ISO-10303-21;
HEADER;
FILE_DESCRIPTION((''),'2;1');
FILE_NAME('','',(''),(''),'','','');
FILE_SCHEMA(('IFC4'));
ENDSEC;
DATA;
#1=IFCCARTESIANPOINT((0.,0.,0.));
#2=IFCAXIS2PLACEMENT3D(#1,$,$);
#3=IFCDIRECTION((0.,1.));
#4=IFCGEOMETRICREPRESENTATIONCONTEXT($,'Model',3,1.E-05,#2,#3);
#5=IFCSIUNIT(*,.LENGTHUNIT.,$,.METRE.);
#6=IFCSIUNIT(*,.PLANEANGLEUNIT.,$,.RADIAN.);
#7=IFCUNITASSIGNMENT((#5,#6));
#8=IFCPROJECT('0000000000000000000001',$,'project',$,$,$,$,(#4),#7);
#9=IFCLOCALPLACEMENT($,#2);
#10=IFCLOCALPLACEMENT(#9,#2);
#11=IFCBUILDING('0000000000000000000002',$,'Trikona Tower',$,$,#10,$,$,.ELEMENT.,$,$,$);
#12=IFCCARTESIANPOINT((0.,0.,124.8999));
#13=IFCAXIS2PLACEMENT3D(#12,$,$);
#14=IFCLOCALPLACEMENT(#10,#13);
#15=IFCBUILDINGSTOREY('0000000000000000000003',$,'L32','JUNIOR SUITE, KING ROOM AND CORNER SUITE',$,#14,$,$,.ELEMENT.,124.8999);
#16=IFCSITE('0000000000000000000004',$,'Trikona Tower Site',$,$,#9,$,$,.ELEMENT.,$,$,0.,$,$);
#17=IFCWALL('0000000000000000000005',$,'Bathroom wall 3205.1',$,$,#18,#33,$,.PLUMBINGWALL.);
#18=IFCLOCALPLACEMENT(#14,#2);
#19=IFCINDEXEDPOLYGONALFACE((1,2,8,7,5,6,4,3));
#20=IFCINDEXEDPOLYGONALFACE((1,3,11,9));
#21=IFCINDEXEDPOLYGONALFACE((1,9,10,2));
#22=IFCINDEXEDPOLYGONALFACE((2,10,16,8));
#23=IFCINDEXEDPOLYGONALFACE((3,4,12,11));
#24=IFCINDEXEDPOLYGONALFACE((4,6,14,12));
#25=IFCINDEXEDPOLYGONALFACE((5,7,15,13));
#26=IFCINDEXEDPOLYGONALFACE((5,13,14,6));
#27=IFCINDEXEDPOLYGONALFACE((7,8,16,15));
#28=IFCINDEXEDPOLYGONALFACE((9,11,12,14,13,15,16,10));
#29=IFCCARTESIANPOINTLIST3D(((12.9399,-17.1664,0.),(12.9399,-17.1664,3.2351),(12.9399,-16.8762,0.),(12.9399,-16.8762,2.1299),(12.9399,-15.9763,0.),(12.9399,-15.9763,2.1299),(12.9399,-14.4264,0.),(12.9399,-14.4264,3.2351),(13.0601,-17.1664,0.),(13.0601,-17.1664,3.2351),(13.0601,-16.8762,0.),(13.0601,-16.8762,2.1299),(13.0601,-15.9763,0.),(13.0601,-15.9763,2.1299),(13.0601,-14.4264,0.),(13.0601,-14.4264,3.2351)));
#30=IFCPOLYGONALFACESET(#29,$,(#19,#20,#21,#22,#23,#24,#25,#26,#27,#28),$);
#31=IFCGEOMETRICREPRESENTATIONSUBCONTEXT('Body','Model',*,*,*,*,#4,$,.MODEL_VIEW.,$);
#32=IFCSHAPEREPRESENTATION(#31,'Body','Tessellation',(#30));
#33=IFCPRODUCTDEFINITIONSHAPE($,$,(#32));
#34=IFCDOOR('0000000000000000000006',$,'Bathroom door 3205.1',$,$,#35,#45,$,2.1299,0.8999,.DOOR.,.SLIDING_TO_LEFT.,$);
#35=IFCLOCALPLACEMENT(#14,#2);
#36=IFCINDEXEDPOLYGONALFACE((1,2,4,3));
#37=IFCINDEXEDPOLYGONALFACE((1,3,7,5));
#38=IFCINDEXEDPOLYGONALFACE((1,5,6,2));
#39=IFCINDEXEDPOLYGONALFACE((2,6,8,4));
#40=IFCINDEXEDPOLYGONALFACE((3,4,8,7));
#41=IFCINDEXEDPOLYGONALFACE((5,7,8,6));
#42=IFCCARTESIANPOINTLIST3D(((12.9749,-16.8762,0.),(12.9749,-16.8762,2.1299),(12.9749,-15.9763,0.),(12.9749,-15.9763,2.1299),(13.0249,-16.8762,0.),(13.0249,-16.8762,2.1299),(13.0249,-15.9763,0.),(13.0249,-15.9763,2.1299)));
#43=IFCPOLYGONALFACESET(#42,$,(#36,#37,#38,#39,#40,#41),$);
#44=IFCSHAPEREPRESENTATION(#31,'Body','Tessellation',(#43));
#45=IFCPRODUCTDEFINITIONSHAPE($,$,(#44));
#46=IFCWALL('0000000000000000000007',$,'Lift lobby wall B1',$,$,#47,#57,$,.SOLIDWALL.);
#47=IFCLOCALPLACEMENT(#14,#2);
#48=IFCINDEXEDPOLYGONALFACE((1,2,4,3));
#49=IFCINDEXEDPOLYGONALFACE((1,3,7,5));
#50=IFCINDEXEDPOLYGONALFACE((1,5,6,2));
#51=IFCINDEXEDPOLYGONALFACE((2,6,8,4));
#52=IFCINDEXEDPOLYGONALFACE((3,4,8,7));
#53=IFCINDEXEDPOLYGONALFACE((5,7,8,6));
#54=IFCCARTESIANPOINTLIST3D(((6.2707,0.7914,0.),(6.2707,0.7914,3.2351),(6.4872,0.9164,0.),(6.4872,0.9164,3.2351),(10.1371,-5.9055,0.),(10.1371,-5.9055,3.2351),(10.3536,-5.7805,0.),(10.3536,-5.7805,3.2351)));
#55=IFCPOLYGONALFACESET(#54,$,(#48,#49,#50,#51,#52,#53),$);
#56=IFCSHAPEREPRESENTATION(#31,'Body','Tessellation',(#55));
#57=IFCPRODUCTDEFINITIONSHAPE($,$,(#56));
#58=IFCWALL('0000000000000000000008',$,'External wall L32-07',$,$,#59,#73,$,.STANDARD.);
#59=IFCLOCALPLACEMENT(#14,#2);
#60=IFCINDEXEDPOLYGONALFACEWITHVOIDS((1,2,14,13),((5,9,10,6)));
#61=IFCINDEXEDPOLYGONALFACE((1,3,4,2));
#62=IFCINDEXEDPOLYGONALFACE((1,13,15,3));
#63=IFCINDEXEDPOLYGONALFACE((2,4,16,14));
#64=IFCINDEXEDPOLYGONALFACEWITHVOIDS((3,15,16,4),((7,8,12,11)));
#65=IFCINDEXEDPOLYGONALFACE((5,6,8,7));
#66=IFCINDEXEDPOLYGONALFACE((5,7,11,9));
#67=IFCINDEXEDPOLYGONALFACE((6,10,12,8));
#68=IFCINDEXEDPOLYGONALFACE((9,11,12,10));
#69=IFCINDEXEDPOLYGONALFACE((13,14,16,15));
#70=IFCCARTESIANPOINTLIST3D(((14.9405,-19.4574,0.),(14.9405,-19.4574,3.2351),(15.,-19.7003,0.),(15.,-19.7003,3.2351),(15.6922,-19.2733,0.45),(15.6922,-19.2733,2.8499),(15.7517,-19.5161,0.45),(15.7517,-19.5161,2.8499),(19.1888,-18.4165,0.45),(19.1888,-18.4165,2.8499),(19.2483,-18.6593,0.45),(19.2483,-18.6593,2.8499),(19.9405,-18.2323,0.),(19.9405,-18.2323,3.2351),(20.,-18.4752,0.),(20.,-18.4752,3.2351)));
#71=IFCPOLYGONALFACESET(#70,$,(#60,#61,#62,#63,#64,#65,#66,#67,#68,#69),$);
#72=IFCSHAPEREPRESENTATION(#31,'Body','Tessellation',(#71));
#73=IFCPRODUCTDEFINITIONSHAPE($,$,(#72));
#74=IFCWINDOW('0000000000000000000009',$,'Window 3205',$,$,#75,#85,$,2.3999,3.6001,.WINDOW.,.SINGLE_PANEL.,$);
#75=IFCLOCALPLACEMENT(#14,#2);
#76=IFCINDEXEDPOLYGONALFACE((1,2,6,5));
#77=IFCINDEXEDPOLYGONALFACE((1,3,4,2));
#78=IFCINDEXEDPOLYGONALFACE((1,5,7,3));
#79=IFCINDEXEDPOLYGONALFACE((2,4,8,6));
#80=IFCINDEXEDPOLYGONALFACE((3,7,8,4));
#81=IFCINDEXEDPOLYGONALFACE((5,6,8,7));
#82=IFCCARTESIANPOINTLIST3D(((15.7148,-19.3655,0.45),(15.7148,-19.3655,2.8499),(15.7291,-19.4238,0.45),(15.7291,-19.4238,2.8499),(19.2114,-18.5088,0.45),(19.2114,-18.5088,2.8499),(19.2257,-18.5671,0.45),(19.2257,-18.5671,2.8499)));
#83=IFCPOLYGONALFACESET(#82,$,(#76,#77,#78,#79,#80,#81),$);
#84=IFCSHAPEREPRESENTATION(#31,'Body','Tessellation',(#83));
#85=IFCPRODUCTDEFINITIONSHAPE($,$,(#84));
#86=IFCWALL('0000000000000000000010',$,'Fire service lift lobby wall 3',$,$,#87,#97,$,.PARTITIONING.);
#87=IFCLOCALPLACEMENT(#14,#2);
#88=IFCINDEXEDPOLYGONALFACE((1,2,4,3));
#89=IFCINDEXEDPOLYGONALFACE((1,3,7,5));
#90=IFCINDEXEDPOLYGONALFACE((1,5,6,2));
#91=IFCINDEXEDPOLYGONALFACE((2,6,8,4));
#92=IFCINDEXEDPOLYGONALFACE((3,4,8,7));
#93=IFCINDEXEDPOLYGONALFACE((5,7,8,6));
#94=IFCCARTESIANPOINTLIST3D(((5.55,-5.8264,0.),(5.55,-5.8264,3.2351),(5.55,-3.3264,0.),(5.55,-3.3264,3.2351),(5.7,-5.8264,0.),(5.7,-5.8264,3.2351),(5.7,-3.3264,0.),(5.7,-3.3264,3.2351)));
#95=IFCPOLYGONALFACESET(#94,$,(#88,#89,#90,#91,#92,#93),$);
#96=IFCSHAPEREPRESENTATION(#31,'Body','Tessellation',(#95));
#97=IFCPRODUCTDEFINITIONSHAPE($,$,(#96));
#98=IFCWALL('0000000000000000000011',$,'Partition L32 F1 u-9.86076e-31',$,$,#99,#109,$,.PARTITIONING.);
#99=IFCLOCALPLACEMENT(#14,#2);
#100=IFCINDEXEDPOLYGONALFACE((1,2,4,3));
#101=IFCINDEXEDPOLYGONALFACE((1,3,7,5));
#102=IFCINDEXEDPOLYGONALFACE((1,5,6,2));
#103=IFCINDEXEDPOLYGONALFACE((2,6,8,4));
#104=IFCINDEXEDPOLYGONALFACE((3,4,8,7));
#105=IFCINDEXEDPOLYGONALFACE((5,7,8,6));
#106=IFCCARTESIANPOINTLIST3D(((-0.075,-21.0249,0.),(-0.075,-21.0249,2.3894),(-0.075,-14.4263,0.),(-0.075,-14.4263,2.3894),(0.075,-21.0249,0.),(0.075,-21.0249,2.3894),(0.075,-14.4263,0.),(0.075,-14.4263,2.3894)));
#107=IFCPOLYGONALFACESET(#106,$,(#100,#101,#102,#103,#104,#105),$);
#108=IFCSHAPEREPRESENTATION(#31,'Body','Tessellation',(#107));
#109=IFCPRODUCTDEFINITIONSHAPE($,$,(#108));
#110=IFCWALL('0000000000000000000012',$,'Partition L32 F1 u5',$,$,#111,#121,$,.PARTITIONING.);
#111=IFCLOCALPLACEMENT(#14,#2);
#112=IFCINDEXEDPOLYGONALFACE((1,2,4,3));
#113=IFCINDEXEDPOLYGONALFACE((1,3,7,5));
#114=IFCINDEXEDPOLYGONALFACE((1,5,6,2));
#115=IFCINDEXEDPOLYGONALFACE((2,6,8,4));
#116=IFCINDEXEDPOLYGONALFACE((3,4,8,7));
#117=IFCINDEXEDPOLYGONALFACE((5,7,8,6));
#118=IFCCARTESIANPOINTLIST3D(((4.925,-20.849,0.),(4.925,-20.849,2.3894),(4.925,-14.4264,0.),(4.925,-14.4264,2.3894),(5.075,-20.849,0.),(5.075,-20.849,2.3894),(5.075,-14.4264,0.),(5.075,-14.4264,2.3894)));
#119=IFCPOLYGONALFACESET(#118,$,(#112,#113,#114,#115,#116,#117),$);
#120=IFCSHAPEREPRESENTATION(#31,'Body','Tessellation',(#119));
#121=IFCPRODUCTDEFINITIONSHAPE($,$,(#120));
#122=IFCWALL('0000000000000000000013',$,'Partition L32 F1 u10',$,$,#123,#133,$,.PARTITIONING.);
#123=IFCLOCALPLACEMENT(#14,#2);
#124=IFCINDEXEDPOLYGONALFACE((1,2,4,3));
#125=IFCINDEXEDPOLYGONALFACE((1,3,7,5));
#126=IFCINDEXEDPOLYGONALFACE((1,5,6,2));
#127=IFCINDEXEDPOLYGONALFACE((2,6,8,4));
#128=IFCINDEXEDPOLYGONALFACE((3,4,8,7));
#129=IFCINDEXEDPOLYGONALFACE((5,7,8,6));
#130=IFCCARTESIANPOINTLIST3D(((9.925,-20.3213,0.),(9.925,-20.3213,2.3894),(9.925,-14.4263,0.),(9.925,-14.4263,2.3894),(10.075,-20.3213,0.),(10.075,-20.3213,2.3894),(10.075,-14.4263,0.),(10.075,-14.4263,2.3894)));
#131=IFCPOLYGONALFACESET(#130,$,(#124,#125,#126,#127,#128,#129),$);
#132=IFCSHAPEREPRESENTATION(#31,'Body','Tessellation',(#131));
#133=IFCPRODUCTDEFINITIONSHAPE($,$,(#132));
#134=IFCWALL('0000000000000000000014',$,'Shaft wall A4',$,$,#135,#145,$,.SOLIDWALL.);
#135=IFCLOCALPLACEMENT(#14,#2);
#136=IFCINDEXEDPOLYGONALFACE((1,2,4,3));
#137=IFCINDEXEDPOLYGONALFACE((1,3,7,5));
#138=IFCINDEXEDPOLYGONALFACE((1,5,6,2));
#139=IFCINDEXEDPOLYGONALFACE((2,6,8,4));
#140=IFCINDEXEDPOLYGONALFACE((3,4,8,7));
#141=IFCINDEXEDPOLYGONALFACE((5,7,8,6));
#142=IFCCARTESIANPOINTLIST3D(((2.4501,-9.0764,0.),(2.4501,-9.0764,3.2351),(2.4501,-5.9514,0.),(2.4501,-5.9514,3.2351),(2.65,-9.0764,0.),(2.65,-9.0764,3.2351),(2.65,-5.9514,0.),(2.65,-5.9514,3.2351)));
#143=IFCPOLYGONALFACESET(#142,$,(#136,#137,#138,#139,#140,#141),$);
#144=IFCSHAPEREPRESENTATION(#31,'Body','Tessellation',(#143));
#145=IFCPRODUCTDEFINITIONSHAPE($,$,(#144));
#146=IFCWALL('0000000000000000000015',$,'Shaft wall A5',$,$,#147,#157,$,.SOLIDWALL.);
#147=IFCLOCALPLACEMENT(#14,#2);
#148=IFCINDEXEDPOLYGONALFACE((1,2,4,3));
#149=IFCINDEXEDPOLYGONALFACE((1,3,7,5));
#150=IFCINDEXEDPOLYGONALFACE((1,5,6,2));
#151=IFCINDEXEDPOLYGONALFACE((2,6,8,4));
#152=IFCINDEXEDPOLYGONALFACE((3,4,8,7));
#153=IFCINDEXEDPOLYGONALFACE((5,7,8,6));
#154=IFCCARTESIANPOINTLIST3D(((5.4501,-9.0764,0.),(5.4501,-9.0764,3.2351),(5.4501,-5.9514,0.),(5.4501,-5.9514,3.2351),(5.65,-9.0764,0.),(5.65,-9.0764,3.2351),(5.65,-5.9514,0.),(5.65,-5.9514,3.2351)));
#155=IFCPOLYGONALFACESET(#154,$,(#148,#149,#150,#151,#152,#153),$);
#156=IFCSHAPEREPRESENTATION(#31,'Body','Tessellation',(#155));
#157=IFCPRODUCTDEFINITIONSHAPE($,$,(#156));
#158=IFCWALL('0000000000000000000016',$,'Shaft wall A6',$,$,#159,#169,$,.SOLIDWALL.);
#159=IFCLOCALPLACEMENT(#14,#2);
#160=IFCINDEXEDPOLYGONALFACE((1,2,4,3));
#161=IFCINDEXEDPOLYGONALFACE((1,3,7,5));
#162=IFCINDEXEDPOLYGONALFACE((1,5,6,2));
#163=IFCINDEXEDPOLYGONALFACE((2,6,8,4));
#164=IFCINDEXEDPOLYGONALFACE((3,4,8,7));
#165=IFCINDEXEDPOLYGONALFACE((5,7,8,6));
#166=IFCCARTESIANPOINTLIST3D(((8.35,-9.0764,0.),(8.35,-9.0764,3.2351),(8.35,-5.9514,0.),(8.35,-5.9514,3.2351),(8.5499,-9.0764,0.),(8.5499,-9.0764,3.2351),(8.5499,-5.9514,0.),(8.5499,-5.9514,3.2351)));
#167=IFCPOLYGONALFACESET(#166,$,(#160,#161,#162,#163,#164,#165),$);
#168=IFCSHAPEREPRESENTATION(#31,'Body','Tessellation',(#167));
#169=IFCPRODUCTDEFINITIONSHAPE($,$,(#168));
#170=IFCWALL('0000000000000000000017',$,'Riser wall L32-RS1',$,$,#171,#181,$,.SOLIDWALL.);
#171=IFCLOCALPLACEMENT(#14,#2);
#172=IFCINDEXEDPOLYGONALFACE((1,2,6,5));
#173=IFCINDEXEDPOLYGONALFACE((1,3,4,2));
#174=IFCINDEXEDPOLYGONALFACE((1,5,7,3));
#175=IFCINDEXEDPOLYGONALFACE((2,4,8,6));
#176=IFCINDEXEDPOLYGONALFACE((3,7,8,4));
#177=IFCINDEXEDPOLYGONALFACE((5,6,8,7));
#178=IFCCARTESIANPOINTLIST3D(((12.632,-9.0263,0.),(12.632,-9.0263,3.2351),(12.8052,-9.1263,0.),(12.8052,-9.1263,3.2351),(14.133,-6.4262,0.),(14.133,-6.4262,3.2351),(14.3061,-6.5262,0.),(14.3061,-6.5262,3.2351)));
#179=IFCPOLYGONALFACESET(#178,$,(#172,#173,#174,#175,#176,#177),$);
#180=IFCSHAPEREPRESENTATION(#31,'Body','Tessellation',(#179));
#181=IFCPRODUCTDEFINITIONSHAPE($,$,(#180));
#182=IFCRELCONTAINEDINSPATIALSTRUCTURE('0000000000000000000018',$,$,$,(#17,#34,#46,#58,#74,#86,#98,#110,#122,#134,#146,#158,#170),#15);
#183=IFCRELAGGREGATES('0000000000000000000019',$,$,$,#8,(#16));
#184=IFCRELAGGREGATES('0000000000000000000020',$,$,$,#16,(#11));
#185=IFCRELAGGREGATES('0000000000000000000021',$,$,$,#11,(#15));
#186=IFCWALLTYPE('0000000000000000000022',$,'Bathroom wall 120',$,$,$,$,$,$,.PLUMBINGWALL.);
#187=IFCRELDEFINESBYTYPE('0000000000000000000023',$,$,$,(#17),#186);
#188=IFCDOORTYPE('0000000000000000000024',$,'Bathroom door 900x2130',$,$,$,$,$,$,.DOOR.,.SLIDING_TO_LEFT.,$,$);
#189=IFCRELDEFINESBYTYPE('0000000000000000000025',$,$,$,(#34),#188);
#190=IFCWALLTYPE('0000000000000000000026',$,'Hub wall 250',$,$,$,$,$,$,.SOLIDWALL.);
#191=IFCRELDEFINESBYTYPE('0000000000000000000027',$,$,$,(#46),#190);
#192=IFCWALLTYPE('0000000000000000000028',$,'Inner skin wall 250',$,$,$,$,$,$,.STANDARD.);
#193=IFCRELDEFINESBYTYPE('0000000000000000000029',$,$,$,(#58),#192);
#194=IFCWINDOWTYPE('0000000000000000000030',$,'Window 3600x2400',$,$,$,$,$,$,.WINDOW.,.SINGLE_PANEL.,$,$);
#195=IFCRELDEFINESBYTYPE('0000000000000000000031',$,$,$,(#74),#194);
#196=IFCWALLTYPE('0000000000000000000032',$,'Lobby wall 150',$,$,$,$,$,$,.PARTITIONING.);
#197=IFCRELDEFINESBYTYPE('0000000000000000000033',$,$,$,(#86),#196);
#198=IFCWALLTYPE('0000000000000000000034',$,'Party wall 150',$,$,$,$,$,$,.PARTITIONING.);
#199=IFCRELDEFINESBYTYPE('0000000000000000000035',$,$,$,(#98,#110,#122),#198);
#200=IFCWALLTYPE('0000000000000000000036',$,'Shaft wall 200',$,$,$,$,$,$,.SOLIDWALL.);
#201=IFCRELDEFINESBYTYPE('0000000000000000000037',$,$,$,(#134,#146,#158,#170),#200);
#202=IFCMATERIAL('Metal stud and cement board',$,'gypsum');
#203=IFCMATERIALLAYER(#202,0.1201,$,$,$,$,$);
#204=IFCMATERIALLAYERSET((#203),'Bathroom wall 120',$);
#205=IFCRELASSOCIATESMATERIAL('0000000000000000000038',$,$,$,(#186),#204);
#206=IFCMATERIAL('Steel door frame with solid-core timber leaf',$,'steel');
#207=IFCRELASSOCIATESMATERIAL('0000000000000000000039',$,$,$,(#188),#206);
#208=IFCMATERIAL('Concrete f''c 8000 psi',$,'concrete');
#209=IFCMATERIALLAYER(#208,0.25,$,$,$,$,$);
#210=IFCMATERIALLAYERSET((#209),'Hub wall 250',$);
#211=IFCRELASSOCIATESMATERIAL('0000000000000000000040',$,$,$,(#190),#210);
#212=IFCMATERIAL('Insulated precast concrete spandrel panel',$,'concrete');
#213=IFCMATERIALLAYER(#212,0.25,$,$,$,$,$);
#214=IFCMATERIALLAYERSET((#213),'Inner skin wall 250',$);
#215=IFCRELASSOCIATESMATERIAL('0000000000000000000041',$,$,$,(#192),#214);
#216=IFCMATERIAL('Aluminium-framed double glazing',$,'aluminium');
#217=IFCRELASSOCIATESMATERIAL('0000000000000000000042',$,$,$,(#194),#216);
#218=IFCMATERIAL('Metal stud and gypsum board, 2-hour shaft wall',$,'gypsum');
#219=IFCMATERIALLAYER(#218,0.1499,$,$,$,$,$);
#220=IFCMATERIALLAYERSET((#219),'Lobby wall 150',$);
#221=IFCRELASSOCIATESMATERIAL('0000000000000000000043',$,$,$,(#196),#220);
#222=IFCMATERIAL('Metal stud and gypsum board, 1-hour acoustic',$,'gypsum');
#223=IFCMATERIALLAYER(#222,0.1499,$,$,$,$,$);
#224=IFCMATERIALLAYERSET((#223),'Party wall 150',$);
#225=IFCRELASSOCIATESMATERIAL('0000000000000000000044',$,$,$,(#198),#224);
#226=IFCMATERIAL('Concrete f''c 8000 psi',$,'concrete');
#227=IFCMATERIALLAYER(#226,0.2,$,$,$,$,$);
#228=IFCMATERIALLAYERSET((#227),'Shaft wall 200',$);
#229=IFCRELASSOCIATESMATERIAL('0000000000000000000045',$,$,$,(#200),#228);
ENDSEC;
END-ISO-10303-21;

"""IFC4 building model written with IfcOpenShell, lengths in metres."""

from ifc_helpers import new_model, si_unit, direction, frame, frame_2d, origin, place, context, subcontext, project, spatial, rectangle, extrude, material, layer, layer_set, type_object, element, fill, save


model = new_model("IFC4")

# Units and contexts
model_context = context("Model", 3, precision=1e-05, world=origin(), true_north=direction((0.0, 1.0)))
body_context = subcontext(model_context, "Body", "Model", "MODEL_VIEW")
ifc_project = project(units=[si_unit("LENGTHUNIT", "METRE"), si_unit("PLANEANGLEUNIT", "RADIAN")], contexts=[model_context])

# Site, building, storey
site_placement = place(None, origin())
site = spatial("IfcSite", under=ifc_project, at=site_placement, Name="Trikona Tower Site", CompositionType="ELEMENT", RefElevation=0.0)
building_placement = place(site_placement, origin())
building = spatial("IfcBuilding", under=site, at=building_placement, Name="Trikona Tower", CompositionType="ELEMENT")
storey_placement = place(building_placement, frame((0.0, 0.0, 124.8999)))
storey = spatial("IfcBuildingStorey", under=building, at=storey_placement, Name="L32", Description="JUNIOR SUITE, KING ROOM AND CORNER SUITE", CompositionType="ELEMENT", Elevation=124.8999)

# Shared definitions
ifc_material_1 = material(Name="Metal stud and cement board", Category="gypsum")
ifc_layer_1 = layer(ifc_material_1, 0.1201)
ifc_layer_set_1 = layer_set([ifc_layer_1], Name="Bathroom wall 120")
wall_type_1 = type_object("IfcWallType", Name="Bathroom wall 120", PredefinedType="PLUMBINGWALL", material=ifc_layer_set_1)

# Shared definitions
ifc_material_2 = material(Name="Steel door frame with solid-core timber leaf", Category="steel")
door_type_1 = type_object("IfcDoorType", Name="Bathroom door 900x2130", OperationType="SLIDING_TO_LEFT", PredefinedType="DOOR", material=ifc_material_2)

# Wall, opening, door
wall_1_placement = place(storey_placement, frame((13.0, -14.4263, 0.0), z_axis=(0.0, 0.0, 1.0), x_axis=(0.0, -1.0, 0.0)))
wall_1 = element("IfcWall", 1, at=wall_1_placement, inside=storey, type_object=wall_type_1, Name="Bathroom wall 3205.1", PredefinedType="PLUMBINGWALL", context=body_context, shape_type="SweptSolid", body=[
    extrude(rectangle(XDim=2.74, YDim=0.1201, at=frame_2d((1.3701, 0.0))), origin(), (0.0, 0.0, 1.0), 3.2351),
])
opening_1_placement = place(wall_1_placement, frame((1.55, 0.0, 0.0)))
opening_1 = element("IfcOpeningElement", 2, at=opening_1_placement, cuts=wall_1, PredefinedType="OPENING", context=body_context, shape_type="SweptSolid", body=[
    extrude(rectangle(XDim=0.8999, YDim=2.1299, at=frame_2d((0.45, 1.0649))), frame((0.0, 0.0701, 0.0), z_axis=(0.0, -1.0, 0.0), x_axis=(1.0, 0.0, 0.0)), (0.0, 0.0, 1.0), 0.1401),
])
door_1_placement = place(opening_1_placement, origin())
door_1 = element("IfcDoor", 3, at=door_1_placement, inside=storey, type_object=door_type_1, Name="Bathroom door 3205.1", OperationType="SLIDING_TO_LEFT", OverallHeight=2.1299, OverallWidth=0.8999, PredefinedType="DOOR", context=body_context, shape_type="SweptSolid", body=[
    extrude(rectangle(XDim=0.8999, YDim=2.1299, at=frame_2d((0.45, 1.0649))), frame((0.0, 0.0249, 0.0), z_axis=(0.0, -1.0, 0.0), x_axis=(1.0, 0.0, 0.0)), (0.0, 0.0, 1.0), 0.05),
])
fill(opening_1, door_1)

# Wall
ifc_material_3 = material(Name="Concrete f'c 8000 psi", Category="concrete")
ifc_layer_2 = layer(ifc_material_3, 0.25)
ifc_layer_set_2 = layer_set([ifc_layer_2], Name="Hub wall 250")
wall_type_2 = type_object("IfcWallType", Name="Hub wall 250", PredefinedType="SOLIDWALL", material=ifc_layer_set_2)
wall_2_placement = place(storey_placement, frame((10.2454, -5.843, 0.0), z_axis=(0.0, 0.0, 1.0), x_axis=(-0.499993, 0.866029, 0.0)))
element("IfcWall", 4, at=wall_2_placement, inside=storey, type_object=wall_type_2, Name="Lift lobby wall B1", PredefinedType="SOLIDWALL", context=body_context, shape_type="SweptSolid", body=[
    extrude(rectangle(XDim=7.7329, YDim=0.25, at=frame_2d((3.8665, 0.0))), origin(), (0.0, 0.0, 1.0), 3.2351),
])

# Wall, opening, window
ifc_material_4 = material(Name="Insulated precast concrete spandrel panel", Category="concrete")
ifc_layer_3 = layer(ifc_material_4, 0.25)
ifc_layer_set_3 = layer_set([ifc_layer_3], Name="Inner skin wall 250")
wall_type_3 = type_object("IfcWallType", Name="Inner skin wall 250", PredefinedType="STANDARD", material=ifc_layer_set_3)
wall_3_placement = place(storey_placement, frame((14.9702, -19.5789, 0.0), z_axis=(0.0, 0.0, 1.0), x_axis=(0.97127, 0.23798, 0.0)))
wall_3 = element("IfcWall", 5, at=wall_3_placement, inside=storey, type_object=wall_type_3, Name="External wall L32-07", PredefinedType="STANDARD", context=body_context, shape_type="SweptSolid", body=[
    extrude(rectangle(XDim=5.1479, YDim=0.25, at=frame_2d((2.574, 0.0))), origin(), (0.0, 0.0, 1.0), 3.2351),
])
opening_2_placement = place(wall_3_placement, frame((0.7739, 0.0, 0.45)))
opening_2 = element("IfcOpeningElement", 6, at=opening_2_placement, cuts=wall_3, PredefinedType="OPENING", context=body_context, shape_type="SweptSolid", body=[
    extrude(rectangle(XDim=3.6001, YDim=2.3999, at=frame_2d((1.8, 1.2))), frame((0.0, 0.135, 0.0), z_axis=(0.0, -1.0, 0.0), x_axis=(1.0, 0.0, 0.0)), (0.0, 0.0, 1.0), 0.27),
])
ifc_material_5 = material(Name="Aluminium-framed double glazing", Category="aluminium")
window_type = type_object("IfcWindowType", Name="Window 3600x2400", PartitioningType="SINGLE_PANEL", PredefinedType="WINDOW", material=ifc_material_5)
window_placement = place(opening_2_placement, origin())
window = element("IfcWindow", 7, at=window_placement, inside=storey, type_object=window_type, Name="Window 3205", OverallHeight=2.3999, OverallWidth=3.6001, PartitioningType="SINGLE_PANEL", PredefinedType="WINDOW", context=body_context, shape_type="SweptSolid", body=[
    extrude(rectangle(XDim=3.6001, YDim=2.3999, at=frame_2d((1.8, 1.2))), frame((0.0, 0.03, 0.0), z_axis=(0.0, -1.0, 0.0), x_axis=(1.0, 0.0, 0.0)), (0.0, 0.0, 1.0), 0.0601),
])
fill(opening_2, window)

# Walls
ifc_material_6 = material(Name="Metal stud and gypsum board, 2-hour shaft wall", Category="gypsum")
ifc_layer_4 = layer(ifc_material_6, 0.1499)
ifc_layer_set_4 = layer_set([ifc_layer_4], Name="Lobby wall 150")
wall_type_4 = type_object("IfcWallType", Name="Lobby wall 150", PredefinedType="PARTITIONING", material=ifc_layer_set_4)
wall_4_placement = place(storey_placement, frame((5.625, -5.8264, 0.0), z_axis=(0.0, 0.0, 1.0), x_axis=(0.0, 1.0, 0.0)))
element("IfcWall", 8, at=wall_4_placement, inside=storey, type_object=wall_type_4, Name="Fire service lift lobby wall 3", PredefinedType="PARTITIONING", context=body_context, shape_type="SweptSolid", body=[
    extrude(rectangle(XDim=2.5, YDim=0.1499, at=frame_2d((1.25, 0.0))), origin(), (0.0, 0.0, 1.0), 3.2351),
])
ifc_material_7 = material(Name="Metal stud and gypsum board, 1-hour acoustic", Category="gypsum")
ifc_layer_5 = layer(ifc_material_7, 0.1499)
ifc_layer_set_5 = layer_set([ifc_layer_5], Name="Party wall 150")
wall_type_5 = type_object("IfcWallType", Name="Party wall 150", PredefinedType="PARTITIONING", material=ifc_layer_set_5)
wall_5_placement = place(storey_placement, frame((0.0, -14.4263, 0.0), z_axis=(0.0, 0.0, 1.0), x_axis=(0.0, -1.0, 0.0)))
element("IfcWall", 9, at=wall_5_placement, inside=storey, type_object=wall_type_5, Name="Partition L32 F1 u-9.86076e-31", PredefinedType="PARTITIONING", context=body_context, shape_type="SweptSolid", body=[
    extrude(rectangle(XDim=6.5986, YDim=0.1499, at=frame_2d((3.2993, 0.0))), origin(), (0.0, 0.0, 1.0), 2.3894),
])
wall_6_placement = place(storey_placement, frame((5.0, -14.4263, 0.0), z_axis=(0.0, 0.0, 1.0), x_axis=(0.0, -1.0, 0.0)))
element("IfcWall", 10, at=wall_6_placement, inside=storey, type_object=wall_type_5, Name="Partition L32 F1 u5", PredefinedType="PARTITIONING", context=body_context, shape_type="SweptSolid", body=[
    extrude(rectangle(XDim=6.4226, YDim=0.1499, at=frame_2d((3.2114, 0.0))), origin(), (0.0, 0.0, 1.0), 2.3894),
])
wall_7_placement = place(storey_placement, frame((10.0, -14.4263, 0.0), z_axis=(0.0, 0.0, 1.0), x_axis=(0.0, -1.0, 0.0)))
element("IfcWall", 11, at=wall_7_placement, inside=storey, type_object=wall_type_5, Name="Partition L32 F1 u10", PredefinedType="PARTITIONING", context=body_context, shape_type="SweptSolid", body=[
    extrude(rectangle(XDim=5.895, YDim=0.1499, at=frame_2d((2.9475, 0.0))), origin(), (0.0, 0.0, 1.0), 2.3894),
])
ifc_material_8 = material(Name="Concrete f'c 8000 psi", Category="concrete")
ifc_layer_6 = layer(ifc_material_8, 0.2)
ifc_layer_set_6 = layer_set([ifc_layer_6], Name="Shaft wall 200")
wall_type_6 = type_object("IfcWallType", Name="Shaft wall 200", PredefinedType="SOLIDWALL", material=ifc_layer_set_6)
for number, where, z_axis, x_axis, name in (
    (12, (2.55, -5.9514, 0.0), (0.0, 0.0, 1.0), (0.0, -1.0, 0.0), "Shaft wall A4"),
    (13, (5.55, -5.9514, 0.0), (0.0, 0.0, 1.0), (0.0, -1.0, 0.0), "Shaft wall A5"),
    (14, (8.45, -5.9514, 0.0), (0.0, 0.0, 1.0), (0.0, -1.0, 0.0), "Shaft wall A6"),
):
    element("IfcWall", number, at=place(storey_placement, frame(where, z_axis=z_axis, x_axis=x_axis)), inside=storey, type_object=wall_type_6, Name=name, PredefinedType="SOLIDWALL", context=body_context, shape_type="SweptSolid", body=[
        extrude(rectangle(XDim=3.125, YDim=0.2, at=frame_2d((1.5625, 0.0))), origin(), (0.0, 0.0, 1.0), 3.2351),
    ])
wall_8_placement = place(storey_placement, frame((14.2195, -6.4763, 0.0), z_axis=(0.0, 0.0, 1.0), x_axis=(-0.499952, -0.866053, 0.0)))
element("IfcWall", 15, at=wall_8_placement, inside=storey, type_object=wall_type_6, Name="Riser wall L32-RS1", PredefinedType="SOLIDWALL", context=body_context, shape_type="SweptSolid", body=[
    extrude(rectangle(XDim=3.0022, YDim=0.2, at=frame_2d((1.501, 0.0))), origin(), (0.0, 0.0, 1.0), 3.2351),
])

save(model, "model.ifc")
